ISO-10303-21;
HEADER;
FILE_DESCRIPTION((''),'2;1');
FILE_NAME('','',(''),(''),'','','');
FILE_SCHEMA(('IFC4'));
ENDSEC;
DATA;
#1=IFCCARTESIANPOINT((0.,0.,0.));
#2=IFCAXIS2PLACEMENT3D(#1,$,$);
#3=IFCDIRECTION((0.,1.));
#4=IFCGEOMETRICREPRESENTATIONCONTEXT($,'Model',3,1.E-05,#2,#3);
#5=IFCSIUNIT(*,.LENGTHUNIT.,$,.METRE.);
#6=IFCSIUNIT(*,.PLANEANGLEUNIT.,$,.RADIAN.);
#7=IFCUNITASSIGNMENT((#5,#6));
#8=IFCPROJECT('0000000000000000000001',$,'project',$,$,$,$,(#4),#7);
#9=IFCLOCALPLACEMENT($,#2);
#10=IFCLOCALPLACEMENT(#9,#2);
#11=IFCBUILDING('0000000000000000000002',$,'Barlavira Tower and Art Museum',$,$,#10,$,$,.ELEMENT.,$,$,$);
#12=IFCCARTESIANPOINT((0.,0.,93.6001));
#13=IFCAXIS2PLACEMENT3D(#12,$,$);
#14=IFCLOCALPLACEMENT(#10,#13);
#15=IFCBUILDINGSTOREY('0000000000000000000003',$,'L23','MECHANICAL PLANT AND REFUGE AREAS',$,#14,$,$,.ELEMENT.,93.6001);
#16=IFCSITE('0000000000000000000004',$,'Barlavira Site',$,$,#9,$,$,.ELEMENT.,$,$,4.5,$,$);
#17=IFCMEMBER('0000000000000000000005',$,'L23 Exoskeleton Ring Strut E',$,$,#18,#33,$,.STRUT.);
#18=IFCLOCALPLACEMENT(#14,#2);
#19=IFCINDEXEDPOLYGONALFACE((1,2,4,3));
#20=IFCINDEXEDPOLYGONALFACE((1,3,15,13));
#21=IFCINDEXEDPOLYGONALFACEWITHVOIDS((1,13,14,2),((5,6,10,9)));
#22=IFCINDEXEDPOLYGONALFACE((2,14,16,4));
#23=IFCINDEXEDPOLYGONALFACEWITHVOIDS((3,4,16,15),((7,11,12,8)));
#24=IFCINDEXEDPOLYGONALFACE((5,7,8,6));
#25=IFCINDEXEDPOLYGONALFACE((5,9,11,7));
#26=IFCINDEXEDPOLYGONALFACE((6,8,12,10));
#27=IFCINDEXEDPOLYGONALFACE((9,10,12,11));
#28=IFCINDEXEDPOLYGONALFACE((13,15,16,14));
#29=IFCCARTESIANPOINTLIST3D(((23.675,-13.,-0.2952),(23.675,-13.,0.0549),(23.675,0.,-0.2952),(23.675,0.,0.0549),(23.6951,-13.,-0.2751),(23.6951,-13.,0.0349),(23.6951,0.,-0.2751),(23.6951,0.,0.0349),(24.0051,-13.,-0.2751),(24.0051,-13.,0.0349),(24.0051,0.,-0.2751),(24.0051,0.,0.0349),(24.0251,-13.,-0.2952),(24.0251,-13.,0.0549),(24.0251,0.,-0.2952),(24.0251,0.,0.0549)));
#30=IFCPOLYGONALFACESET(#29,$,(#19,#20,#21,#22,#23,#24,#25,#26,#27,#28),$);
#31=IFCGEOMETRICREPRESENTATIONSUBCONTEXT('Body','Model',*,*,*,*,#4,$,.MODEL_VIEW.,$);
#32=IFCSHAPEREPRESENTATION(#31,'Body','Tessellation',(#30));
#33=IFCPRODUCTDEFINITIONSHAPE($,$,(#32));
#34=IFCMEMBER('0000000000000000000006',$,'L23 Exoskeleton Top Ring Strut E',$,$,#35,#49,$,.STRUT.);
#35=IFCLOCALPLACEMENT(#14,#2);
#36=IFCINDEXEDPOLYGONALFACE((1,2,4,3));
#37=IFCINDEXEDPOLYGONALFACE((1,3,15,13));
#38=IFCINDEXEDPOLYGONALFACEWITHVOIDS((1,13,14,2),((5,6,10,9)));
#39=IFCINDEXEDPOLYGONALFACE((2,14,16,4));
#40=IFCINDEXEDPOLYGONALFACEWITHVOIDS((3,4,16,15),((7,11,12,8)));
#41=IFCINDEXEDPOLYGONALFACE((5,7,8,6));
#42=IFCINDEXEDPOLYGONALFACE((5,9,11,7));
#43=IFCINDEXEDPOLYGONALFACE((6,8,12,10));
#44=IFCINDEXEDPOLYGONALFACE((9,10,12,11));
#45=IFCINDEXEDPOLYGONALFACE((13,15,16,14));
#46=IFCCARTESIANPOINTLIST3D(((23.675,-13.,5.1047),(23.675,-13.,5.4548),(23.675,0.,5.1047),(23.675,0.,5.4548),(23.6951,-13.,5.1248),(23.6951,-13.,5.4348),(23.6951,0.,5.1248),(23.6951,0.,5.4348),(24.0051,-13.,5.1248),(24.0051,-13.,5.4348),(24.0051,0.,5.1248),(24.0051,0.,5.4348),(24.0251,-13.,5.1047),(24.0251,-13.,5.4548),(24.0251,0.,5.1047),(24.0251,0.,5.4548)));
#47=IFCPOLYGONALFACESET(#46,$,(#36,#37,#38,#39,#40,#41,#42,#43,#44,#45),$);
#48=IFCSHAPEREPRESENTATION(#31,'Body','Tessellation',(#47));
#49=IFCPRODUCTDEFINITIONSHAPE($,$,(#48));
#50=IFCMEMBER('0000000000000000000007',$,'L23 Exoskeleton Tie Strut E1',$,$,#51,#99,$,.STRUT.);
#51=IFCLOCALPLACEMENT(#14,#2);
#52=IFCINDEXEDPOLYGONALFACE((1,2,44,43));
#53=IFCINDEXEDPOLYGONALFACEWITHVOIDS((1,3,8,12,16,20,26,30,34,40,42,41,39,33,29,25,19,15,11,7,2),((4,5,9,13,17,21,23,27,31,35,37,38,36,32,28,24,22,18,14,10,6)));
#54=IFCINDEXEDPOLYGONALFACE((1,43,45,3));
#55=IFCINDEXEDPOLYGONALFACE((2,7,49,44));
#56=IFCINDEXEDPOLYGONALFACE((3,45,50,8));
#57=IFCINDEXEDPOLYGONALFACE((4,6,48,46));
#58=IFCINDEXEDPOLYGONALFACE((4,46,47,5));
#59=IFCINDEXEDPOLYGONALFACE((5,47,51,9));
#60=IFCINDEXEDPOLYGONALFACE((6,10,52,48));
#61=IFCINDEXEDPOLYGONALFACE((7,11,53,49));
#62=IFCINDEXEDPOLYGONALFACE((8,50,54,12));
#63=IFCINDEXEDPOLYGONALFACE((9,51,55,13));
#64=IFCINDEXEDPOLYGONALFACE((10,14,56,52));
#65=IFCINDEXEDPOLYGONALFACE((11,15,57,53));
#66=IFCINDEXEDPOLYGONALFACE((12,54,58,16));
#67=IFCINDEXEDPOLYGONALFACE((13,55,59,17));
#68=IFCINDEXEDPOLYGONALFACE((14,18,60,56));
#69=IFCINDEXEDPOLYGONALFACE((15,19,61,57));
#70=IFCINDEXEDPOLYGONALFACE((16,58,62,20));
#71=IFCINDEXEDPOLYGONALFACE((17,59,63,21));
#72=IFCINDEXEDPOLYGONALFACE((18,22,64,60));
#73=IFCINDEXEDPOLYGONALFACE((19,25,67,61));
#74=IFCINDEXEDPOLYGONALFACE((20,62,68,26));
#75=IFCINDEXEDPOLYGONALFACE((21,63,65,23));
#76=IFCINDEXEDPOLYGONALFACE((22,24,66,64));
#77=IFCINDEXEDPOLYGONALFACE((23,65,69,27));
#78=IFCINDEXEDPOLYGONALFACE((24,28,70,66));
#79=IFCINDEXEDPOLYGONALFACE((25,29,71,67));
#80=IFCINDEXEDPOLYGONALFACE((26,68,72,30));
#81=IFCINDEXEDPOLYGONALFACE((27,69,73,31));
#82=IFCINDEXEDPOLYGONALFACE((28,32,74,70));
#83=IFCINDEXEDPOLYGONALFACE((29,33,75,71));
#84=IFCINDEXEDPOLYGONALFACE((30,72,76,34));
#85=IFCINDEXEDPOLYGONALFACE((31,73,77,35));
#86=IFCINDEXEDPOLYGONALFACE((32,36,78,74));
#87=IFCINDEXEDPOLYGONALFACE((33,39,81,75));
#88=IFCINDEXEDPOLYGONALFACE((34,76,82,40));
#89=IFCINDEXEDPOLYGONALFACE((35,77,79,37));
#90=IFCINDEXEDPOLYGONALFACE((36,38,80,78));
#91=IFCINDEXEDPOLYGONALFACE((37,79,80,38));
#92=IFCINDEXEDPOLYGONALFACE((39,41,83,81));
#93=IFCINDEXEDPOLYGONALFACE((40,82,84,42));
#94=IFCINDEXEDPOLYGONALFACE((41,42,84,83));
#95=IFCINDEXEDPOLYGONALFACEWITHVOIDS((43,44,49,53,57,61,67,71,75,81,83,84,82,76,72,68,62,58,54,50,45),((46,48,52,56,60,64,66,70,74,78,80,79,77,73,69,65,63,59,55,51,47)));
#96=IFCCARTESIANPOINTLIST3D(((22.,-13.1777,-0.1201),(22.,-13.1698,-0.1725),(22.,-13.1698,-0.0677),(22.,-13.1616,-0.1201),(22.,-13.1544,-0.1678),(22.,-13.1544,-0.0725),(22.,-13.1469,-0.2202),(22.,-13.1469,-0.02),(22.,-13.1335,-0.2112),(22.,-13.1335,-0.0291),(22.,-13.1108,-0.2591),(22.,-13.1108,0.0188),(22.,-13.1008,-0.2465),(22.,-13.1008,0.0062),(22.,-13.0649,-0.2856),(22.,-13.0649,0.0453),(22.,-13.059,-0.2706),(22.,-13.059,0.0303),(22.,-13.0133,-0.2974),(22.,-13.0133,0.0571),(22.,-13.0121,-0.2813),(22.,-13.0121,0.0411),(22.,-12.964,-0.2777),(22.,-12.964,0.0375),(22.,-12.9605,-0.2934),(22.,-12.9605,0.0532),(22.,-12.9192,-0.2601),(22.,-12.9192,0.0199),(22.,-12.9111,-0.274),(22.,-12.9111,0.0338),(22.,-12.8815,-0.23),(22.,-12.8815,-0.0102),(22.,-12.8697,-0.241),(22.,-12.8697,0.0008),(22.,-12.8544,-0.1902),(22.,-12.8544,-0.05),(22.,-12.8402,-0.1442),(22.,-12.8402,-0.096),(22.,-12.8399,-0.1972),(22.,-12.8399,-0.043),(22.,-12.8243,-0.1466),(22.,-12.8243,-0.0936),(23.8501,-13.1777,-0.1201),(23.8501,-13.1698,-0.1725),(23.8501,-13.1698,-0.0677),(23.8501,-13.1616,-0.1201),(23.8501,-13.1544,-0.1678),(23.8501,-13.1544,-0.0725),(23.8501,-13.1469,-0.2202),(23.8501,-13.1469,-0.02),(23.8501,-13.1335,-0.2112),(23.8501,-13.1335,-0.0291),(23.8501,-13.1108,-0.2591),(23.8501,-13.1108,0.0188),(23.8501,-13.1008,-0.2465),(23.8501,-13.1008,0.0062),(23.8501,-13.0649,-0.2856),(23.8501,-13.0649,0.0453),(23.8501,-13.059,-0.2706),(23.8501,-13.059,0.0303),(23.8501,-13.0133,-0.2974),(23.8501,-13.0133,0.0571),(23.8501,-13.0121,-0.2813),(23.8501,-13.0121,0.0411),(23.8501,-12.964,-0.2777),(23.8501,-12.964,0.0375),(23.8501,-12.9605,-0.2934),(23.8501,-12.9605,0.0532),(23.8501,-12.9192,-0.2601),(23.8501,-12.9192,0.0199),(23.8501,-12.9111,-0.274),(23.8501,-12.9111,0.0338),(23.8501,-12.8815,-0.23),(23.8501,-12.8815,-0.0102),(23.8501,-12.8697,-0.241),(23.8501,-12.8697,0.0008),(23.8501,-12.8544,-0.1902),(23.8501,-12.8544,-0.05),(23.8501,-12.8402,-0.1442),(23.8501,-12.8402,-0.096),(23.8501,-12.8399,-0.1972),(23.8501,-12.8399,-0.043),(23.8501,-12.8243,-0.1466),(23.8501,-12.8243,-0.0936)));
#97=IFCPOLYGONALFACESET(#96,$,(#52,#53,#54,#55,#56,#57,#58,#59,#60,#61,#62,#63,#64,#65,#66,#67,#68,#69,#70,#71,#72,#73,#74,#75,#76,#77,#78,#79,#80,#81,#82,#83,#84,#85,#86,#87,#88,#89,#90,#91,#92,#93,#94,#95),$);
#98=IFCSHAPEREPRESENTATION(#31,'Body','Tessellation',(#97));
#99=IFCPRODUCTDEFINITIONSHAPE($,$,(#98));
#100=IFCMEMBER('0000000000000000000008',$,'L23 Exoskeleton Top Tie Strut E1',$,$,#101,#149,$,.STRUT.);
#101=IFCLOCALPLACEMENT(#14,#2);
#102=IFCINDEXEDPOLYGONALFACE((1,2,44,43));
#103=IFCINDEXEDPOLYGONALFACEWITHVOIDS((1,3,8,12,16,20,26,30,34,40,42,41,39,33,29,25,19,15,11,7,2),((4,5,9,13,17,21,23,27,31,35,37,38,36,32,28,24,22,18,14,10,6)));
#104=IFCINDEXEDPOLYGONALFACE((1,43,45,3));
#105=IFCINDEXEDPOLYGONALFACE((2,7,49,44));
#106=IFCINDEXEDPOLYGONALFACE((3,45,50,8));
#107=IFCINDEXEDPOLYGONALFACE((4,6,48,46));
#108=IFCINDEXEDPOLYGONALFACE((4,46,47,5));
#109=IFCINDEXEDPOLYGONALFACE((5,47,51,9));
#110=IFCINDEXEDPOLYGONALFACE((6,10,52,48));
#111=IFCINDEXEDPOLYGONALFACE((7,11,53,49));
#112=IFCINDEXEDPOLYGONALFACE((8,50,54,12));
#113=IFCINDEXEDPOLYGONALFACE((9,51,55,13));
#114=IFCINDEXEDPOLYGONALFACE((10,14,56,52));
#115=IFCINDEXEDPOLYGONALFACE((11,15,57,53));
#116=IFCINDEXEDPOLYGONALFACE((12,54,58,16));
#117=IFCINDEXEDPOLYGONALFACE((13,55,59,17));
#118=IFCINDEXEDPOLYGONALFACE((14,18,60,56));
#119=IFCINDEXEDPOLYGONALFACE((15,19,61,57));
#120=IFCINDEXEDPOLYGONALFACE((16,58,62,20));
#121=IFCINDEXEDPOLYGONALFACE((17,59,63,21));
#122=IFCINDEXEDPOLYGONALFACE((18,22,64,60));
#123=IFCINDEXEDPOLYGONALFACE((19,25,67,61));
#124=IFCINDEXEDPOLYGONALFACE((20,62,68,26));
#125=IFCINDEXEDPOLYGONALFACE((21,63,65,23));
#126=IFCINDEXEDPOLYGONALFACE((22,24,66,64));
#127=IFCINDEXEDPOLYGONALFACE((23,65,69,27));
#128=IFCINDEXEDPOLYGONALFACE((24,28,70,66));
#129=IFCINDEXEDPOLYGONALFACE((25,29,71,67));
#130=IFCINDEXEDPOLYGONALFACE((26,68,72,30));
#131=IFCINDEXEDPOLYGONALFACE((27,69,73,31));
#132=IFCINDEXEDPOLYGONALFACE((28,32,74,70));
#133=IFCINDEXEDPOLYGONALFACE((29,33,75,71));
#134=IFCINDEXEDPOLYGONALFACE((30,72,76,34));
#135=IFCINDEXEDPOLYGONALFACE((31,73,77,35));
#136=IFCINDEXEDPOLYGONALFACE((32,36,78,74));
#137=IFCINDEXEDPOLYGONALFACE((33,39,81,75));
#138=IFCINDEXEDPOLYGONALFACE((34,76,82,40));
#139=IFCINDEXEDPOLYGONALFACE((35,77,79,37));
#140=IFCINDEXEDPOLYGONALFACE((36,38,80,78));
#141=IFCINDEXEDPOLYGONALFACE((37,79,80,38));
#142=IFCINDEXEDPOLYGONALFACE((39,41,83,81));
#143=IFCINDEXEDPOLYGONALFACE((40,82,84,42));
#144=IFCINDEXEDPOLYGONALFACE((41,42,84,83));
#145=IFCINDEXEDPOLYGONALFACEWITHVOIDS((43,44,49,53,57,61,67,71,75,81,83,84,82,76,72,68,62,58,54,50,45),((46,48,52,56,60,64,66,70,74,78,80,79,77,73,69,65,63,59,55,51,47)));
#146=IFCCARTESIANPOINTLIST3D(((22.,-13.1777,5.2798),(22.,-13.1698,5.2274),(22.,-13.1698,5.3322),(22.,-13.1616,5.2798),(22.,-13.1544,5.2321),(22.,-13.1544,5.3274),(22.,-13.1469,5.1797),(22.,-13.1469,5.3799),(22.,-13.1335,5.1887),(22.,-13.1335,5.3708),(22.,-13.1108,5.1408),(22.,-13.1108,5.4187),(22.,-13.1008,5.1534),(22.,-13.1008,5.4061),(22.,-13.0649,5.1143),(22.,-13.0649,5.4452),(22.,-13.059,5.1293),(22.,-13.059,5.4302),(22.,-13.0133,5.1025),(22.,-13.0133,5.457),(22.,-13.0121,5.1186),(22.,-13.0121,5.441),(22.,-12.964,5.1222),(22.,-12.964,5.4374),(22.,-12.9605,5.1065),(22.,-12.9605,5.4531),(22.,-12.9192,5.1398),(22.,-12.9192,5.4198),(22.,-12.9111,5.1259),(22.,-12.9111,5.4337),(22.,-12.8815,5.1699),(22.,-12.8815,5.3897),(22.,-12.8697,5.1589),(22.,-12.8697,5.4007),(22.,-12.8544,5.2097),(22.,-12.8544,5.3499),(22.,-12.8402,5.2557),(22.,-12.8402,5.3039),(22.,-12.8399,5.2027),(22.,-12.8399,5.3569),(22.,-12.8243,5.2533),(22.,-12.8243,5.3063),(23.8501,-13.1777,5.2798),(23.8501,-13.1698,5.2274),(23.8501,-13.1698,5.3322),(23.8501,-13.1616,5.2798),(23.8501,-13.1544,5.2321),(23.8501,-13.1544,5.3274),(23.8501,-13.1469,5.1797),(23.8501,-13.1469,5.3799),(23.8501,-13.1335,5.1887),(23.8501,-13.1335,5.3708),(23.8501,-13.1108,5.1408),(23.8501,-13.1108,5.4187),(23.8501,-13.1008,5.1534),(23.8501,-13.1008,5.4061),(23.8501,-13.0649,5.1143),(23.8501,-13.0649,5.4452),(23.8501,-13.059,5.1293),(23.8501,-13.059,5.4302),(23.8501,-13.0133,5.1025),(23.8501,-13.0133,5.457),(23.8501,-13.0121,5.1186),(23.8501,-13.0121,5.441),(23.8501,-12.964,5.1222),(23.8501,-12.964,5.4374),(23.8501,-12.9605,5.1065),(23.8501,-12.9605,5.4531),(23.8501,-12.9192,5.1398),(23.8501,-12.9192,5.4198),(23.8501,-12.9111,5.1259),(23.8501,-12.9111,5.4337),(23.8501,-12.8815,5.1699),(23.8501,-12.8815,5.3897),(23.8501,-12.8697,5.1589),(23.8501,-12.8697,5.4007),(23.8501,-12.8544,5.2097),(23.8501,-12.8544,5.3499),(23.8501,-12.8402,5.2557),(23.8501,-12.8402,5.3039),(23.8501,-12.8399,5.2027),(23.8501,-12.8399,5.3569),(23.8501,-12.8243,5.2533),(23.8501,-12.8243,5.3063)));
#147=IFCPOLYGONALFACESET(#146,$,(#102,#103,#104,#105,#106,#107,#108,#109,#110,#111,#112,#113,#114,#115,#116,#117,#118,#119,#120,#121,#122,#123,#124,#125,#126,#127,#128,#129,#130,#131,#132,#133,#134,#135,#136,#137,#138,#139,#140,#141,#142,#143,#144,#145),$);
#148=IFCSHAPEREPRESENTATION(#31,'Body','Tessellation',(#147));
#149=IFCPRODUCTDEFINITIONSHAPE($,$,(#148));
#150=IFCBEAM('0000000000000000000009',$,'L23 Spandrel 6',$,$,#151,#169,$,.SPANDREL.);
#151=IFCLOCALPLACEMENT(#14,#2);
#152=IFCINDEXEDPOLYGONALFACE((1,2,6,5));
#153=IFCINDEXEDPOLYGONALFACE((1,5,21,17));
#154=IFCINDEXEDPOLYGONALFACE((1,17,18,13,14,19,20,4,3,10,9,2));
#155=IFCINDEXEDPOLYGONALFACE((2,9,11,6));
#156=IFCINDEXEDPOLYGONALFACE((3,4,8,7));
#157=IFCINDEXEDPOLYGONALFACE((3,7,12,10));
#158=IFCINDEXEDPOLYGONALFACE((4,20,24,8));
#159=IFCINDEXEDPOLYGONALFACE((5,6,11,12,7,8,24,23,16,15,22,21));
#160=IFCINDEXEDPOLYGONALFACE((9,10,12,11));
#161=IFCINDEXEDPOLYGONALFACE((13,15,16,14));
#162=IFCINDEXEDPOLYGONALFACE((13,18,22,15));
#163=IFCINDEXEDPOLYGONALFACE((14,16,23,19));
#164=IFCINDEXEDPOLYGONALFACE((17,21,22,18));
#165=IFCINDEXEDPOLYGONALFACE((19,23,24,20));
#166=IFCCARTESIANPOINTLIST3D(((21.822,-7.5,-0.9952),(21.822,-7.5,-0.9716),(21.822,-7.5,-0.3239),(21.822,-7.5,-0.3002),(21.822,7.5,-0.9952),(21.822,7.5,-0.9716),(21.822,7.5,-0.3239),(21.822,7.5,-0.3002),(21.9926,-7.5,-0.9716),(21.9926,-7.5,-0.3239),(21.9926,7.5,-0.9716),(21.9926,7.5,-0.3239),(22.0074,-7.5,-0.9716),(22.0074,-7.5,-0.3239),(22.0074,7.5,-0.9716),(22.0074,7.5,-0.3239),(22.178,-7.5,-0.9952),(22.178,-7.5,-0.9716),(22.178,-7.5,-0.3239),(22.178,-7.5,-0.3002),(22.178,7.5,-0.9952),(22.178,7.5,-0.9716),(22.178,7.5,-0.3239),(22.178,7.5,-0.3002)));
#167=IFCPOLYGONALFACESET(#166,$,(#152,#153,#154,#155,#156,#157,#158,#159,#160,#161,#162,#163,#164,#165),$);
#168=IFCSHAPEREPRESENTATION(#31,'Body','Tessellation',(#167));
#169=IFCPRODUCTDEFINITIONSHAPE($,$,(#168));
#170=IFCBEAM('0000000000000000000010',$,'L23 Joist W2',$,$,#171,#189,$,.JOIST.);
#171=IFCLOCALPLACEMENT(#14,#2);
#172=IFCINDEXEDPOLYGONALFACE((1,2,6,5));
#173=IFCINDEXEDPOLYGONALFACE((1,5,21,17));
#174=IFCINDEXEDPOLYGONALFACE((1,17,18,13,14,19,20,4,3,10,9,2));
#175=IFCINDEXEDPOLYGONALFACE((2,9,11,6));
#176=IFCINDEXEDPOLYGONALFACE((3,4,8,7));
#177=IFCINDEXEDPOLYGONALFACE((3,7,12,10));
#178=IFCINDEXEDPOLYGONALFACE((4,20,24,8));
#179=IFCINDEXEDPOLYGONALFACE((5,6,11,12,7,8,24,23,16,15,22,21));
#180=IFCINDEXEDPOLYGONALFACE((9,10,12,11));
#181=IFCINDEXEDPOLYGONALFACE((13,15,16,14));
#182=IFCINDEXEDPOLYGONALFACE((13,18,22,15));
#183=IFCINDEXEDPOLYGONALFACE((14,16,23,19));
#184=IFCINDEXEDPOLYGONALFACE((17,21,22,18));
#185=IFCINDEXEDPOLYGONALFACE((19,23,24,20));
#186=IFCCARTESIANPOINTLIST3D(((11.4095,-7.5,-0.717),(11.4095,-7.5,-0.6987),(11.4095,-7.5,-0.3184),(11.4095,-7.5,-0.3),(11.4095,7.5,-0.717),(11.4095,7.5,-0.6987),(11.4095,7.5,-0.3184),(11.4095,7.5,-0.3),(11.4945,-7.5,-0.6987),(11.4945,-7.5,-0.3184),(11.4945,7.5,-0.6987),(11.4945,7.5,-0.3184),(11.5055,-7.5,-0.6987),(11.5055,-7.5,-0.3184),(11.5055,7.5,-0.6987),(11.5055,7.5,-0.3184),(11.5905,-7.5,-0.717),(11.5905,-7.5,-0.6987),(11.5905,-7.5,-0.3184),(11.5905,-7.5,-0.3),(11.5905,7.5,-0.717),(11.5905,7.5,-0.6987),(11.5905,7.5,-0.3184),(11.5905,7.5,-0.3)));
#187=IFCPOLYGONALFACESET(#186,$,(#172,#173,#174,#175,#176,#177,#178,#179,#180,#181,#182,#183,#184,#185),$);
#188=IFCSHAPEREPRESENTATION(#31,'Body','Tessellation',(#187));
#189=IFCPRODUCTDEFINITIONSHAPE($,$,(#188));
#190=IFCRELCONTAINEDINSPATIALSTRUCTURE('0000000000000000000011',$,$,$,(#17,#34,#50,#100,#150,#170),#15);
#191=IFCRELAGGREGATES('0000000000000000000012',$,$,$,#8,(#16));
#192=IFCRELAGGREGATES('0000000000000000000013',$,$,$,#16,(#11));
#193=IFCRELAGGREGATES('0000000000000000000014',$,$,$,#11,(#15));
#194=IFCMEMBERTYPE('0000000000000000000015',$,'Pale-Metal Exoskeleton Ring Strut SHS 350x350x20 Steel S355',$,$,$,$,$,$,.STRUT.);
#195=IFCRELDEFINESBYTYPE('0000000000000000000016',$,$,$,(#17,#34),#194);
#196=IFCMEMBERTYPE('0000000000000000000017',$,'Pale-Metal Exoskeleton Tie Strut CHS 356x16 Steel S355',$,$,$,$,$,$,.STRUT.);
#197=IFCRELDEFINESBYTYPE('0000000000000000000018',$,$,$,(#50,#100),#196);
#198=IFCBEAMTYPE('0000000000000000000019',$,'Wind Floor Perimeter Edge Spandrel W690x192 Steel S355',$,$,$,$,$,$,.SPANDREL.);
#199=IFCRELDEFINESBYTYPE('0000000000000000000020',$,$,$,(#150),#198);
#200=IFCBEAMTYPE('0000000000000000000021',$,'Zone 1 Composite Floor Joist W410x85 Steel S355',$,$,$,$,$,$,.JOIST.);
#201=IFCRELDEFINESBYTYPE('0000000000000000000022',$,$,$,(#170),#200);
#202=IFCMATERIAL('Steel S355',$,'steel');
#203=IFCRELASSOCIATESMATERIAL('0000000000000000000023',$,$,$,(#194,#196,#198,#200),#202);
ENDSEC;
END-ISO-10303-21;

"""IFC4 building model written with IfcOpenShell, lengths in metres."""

from ifc_helpers import new_model, si_unit, direction, frame, origin, origin_2d, place, context, subcontext, project, spatial, hollow_rectangle, hollow_circle, i_section, extrude, material, material_profile, profile_set, type_object, element, save


model = new_model("IFC4")

# Units and contexts
model_context = context("Model", 3, precision=1e-05, world=origin(), true_north=direction((0.0, 1.0)))
body_context = subcontext(model_context, "Body", "Model", "MODEL_VIEW")
ifc_project = project(units=[si_unit("LENGTHUNIT", "METRE"), si_unit("PLANEANGLEUNIT", "RADIAN")], contexts=[model_context])

# Site, building, storey
site_placement = place(None, origin())
site = spatial("IfcSite", under=ifc_project, at=site_placement, Name="Barlavira Site", CompositionType="ELEMENT", RefElevation=4.5)
building_placement = place(site_placement, origin())
building = spatial("IfcBuilding", under=site, at=building_placement, Name="Barlavira Tower and Art Museum", CompositionType="ELEMENT")
storey_placement = place(building_placement, frame((0.0, 0.0, 93.6001)))
storey = spatial("IfcBuildingStorey", under=building, at=storey_placement, Name="L23", Description="MECHANICAL PLANT AND REFUGE AREAS", CompositionType="ELEMENT", Elevation=93.6001)

# Shared definitions
ifc_material_1 = material(Name="Steel S355", Category="steel")

# Members
ifc_material_profile_1 = material_profile(ifc_material_1, hollow_rectangle(XDim=0.3501, YDim=0.3501, WallThickness=0.02, at=origin_2d()), Name="SHS 350x350x20.0")
ifc_profile_set_1 = profile_set([ifc_material_profile_1], Name="Steel S355")
member_type_1 = type_object("IfcMemberType", Name="Pale-Metal Exoskeleton Ring Strut SHS 350x350x20 Steel S355", PredefinedType="STRUT", material=ifc_profile_set_1)
for number, where, z_axis, x_axis, name in (
    (1, (23.8501, -13.0, -0.1201), (0.0, 1.0, 0.0), (-1.0, 0.0, 0.0), "L23 Exoskeleton Ring Strut E"),
    (2, (23.8501, -13.0, 5.2798), (0.0, 1.0, 0.0), (-1.0, 0.0, 0.0), "L23 Exoskeleton Top Ring Strut E"),
):
    element("IfcMember", number, at=place(storey_placement, frame(where, z_axis=z_axis, x_axis=x_axis)), inside=storey, type_object=member_type_1, Name=name, PredefinedType="STRUT", context=body_context, shape_type="SweptSolid", body=[
        extrude(hollow_rectangle(XDim=0.3501, YDim=0.3501, WallThickness=0.02, at=origin_2d()), origin(), (0.0, 0.0, 1.0), 13.0),
    ])
ifc_material_profile_2 = material_profile(ifc_material_1, hollow_circle(Radius=0.1777, WallThickness=0.0161, at=origin_2d()), Name="CHS 355.6x16.0")
ifc_profile_set_2 = profile_set([ifc_material_profile_2], Name="Steel S355")
member_type_2 = type_object("IfcMemberType", Name="Pale-Metal Exoskeleton Tie Strut CHS 356x16 Steel S355", PredefinedType="STRUT", material=ifc_profile_set_2)
for number, where, z_axis, x_axis, name in (
    (3, (23.8501, -13.0, -0.1201), (-1.0, 0.0, 0.0), (0.0, -1.0, 0.0), "L23 Exoskeleton Tie Strut E1"),
    (4, (23.8501, -13.0, 5.2798), (-1.0, 0.0, 0.0), (0.0, -1.0, 0.0), "L23 Exoskeleton Top Tie Strut E1"),
):
    element("IfcMember", number, at=place(storey_placement, frame(where, z_axis=z_axis, x_axis=x_axis)), inside=storey, type_object=member_type_2, Name=name, PredefinedType="STRUT", context=body_context, shape_type="SweptSolid", body=[
        extrude(hollow_circle(Radius=0.1777, WallThickness=0.0161, at=origin_2d()), origin(), (0.0, 0.0, 1.0), 1.8501),
    ])

# Beams
ifc_material_profile_3 = material_profile(ifc_material_1, i_section(OverallWidth=0.356, OverallDepth=0.6951, WebThickness=0.0149, FlangeThickness=0.0237, at=origin_2d()), Name="W690x192.0")
ifc_profile_set_3 = profile_set([ifc_material_profile_3], Name="Steel S355")
beam_type_1 = type_object("IfcBeamType", Name="Wind Floor Perimeter Edge Spandrel W690x192 Steel S355", PredefinedType="SPANDREL", material=ifc_profile_set_3)
beam_1_placement = place(storey_placement, frame((22.0, -7.5, -0.6477), z_axis=(0.0, 1.0, 0.0), x_axis=(-1.0, 0.0, 0.0)))
element("IfcBeam", 5, at=beam_1_placement, inside=storey, type_object=beam_type_1, Name="L23 Spandrel 6", PredefinedType="SPANDREL", context=body_context, shape_type="SweptSolid", body=[
    extrude(i_section(OverallWidth=0.356, OverallDepth=0.6951, WebThickness=0.0149, FlangeThickness=0.0237, at=origin_2d()), origin(), (0.0, 0.0, 1.0), 15.0),
])
ifc_material_profile_4 = material_profile(ifc_material_1, i_section(OverallWidth=0.1809, OverallDepth=0.417, WebThickness=0.011, FlangeThickness=0.0183, at=origin_2d()), Name="W410x85.0")
ifc_profile_set_4 = profile_set([ifc_material_profile_4], Name="Steel S355")
beam_type_2 = type_object("IfcBeamType", Name="Zone 1 Composite Floor Joist W410x85 Steel S355", PredefinedType="JOIST", material=ifc_profile_set_4)
beam_2_placement = place(storey_placement, frame((11.5, -7.5, -0.5085), z_axis=(0.0, 1.0, 0.0), x_axis=(-1.0, 0.0, 0.0)))
element("IfcBeam", 6, at=beam_2_placement, inside=storey, type_object=beam_type_2, Name="L23 Joist W2", PredefinedType="JOIST", context=body_context, shape_type="SweptSolid", body=[
    extrude(i_section(OverallWidth=0.1809, OverallDepth=0.417, WebThickness=0.011, FlangeThickness=0.0183, at=origin_2d()), origin(), (0.0, 0.0, 1.0), 15.0),
])

save(model, "model.ifc")
